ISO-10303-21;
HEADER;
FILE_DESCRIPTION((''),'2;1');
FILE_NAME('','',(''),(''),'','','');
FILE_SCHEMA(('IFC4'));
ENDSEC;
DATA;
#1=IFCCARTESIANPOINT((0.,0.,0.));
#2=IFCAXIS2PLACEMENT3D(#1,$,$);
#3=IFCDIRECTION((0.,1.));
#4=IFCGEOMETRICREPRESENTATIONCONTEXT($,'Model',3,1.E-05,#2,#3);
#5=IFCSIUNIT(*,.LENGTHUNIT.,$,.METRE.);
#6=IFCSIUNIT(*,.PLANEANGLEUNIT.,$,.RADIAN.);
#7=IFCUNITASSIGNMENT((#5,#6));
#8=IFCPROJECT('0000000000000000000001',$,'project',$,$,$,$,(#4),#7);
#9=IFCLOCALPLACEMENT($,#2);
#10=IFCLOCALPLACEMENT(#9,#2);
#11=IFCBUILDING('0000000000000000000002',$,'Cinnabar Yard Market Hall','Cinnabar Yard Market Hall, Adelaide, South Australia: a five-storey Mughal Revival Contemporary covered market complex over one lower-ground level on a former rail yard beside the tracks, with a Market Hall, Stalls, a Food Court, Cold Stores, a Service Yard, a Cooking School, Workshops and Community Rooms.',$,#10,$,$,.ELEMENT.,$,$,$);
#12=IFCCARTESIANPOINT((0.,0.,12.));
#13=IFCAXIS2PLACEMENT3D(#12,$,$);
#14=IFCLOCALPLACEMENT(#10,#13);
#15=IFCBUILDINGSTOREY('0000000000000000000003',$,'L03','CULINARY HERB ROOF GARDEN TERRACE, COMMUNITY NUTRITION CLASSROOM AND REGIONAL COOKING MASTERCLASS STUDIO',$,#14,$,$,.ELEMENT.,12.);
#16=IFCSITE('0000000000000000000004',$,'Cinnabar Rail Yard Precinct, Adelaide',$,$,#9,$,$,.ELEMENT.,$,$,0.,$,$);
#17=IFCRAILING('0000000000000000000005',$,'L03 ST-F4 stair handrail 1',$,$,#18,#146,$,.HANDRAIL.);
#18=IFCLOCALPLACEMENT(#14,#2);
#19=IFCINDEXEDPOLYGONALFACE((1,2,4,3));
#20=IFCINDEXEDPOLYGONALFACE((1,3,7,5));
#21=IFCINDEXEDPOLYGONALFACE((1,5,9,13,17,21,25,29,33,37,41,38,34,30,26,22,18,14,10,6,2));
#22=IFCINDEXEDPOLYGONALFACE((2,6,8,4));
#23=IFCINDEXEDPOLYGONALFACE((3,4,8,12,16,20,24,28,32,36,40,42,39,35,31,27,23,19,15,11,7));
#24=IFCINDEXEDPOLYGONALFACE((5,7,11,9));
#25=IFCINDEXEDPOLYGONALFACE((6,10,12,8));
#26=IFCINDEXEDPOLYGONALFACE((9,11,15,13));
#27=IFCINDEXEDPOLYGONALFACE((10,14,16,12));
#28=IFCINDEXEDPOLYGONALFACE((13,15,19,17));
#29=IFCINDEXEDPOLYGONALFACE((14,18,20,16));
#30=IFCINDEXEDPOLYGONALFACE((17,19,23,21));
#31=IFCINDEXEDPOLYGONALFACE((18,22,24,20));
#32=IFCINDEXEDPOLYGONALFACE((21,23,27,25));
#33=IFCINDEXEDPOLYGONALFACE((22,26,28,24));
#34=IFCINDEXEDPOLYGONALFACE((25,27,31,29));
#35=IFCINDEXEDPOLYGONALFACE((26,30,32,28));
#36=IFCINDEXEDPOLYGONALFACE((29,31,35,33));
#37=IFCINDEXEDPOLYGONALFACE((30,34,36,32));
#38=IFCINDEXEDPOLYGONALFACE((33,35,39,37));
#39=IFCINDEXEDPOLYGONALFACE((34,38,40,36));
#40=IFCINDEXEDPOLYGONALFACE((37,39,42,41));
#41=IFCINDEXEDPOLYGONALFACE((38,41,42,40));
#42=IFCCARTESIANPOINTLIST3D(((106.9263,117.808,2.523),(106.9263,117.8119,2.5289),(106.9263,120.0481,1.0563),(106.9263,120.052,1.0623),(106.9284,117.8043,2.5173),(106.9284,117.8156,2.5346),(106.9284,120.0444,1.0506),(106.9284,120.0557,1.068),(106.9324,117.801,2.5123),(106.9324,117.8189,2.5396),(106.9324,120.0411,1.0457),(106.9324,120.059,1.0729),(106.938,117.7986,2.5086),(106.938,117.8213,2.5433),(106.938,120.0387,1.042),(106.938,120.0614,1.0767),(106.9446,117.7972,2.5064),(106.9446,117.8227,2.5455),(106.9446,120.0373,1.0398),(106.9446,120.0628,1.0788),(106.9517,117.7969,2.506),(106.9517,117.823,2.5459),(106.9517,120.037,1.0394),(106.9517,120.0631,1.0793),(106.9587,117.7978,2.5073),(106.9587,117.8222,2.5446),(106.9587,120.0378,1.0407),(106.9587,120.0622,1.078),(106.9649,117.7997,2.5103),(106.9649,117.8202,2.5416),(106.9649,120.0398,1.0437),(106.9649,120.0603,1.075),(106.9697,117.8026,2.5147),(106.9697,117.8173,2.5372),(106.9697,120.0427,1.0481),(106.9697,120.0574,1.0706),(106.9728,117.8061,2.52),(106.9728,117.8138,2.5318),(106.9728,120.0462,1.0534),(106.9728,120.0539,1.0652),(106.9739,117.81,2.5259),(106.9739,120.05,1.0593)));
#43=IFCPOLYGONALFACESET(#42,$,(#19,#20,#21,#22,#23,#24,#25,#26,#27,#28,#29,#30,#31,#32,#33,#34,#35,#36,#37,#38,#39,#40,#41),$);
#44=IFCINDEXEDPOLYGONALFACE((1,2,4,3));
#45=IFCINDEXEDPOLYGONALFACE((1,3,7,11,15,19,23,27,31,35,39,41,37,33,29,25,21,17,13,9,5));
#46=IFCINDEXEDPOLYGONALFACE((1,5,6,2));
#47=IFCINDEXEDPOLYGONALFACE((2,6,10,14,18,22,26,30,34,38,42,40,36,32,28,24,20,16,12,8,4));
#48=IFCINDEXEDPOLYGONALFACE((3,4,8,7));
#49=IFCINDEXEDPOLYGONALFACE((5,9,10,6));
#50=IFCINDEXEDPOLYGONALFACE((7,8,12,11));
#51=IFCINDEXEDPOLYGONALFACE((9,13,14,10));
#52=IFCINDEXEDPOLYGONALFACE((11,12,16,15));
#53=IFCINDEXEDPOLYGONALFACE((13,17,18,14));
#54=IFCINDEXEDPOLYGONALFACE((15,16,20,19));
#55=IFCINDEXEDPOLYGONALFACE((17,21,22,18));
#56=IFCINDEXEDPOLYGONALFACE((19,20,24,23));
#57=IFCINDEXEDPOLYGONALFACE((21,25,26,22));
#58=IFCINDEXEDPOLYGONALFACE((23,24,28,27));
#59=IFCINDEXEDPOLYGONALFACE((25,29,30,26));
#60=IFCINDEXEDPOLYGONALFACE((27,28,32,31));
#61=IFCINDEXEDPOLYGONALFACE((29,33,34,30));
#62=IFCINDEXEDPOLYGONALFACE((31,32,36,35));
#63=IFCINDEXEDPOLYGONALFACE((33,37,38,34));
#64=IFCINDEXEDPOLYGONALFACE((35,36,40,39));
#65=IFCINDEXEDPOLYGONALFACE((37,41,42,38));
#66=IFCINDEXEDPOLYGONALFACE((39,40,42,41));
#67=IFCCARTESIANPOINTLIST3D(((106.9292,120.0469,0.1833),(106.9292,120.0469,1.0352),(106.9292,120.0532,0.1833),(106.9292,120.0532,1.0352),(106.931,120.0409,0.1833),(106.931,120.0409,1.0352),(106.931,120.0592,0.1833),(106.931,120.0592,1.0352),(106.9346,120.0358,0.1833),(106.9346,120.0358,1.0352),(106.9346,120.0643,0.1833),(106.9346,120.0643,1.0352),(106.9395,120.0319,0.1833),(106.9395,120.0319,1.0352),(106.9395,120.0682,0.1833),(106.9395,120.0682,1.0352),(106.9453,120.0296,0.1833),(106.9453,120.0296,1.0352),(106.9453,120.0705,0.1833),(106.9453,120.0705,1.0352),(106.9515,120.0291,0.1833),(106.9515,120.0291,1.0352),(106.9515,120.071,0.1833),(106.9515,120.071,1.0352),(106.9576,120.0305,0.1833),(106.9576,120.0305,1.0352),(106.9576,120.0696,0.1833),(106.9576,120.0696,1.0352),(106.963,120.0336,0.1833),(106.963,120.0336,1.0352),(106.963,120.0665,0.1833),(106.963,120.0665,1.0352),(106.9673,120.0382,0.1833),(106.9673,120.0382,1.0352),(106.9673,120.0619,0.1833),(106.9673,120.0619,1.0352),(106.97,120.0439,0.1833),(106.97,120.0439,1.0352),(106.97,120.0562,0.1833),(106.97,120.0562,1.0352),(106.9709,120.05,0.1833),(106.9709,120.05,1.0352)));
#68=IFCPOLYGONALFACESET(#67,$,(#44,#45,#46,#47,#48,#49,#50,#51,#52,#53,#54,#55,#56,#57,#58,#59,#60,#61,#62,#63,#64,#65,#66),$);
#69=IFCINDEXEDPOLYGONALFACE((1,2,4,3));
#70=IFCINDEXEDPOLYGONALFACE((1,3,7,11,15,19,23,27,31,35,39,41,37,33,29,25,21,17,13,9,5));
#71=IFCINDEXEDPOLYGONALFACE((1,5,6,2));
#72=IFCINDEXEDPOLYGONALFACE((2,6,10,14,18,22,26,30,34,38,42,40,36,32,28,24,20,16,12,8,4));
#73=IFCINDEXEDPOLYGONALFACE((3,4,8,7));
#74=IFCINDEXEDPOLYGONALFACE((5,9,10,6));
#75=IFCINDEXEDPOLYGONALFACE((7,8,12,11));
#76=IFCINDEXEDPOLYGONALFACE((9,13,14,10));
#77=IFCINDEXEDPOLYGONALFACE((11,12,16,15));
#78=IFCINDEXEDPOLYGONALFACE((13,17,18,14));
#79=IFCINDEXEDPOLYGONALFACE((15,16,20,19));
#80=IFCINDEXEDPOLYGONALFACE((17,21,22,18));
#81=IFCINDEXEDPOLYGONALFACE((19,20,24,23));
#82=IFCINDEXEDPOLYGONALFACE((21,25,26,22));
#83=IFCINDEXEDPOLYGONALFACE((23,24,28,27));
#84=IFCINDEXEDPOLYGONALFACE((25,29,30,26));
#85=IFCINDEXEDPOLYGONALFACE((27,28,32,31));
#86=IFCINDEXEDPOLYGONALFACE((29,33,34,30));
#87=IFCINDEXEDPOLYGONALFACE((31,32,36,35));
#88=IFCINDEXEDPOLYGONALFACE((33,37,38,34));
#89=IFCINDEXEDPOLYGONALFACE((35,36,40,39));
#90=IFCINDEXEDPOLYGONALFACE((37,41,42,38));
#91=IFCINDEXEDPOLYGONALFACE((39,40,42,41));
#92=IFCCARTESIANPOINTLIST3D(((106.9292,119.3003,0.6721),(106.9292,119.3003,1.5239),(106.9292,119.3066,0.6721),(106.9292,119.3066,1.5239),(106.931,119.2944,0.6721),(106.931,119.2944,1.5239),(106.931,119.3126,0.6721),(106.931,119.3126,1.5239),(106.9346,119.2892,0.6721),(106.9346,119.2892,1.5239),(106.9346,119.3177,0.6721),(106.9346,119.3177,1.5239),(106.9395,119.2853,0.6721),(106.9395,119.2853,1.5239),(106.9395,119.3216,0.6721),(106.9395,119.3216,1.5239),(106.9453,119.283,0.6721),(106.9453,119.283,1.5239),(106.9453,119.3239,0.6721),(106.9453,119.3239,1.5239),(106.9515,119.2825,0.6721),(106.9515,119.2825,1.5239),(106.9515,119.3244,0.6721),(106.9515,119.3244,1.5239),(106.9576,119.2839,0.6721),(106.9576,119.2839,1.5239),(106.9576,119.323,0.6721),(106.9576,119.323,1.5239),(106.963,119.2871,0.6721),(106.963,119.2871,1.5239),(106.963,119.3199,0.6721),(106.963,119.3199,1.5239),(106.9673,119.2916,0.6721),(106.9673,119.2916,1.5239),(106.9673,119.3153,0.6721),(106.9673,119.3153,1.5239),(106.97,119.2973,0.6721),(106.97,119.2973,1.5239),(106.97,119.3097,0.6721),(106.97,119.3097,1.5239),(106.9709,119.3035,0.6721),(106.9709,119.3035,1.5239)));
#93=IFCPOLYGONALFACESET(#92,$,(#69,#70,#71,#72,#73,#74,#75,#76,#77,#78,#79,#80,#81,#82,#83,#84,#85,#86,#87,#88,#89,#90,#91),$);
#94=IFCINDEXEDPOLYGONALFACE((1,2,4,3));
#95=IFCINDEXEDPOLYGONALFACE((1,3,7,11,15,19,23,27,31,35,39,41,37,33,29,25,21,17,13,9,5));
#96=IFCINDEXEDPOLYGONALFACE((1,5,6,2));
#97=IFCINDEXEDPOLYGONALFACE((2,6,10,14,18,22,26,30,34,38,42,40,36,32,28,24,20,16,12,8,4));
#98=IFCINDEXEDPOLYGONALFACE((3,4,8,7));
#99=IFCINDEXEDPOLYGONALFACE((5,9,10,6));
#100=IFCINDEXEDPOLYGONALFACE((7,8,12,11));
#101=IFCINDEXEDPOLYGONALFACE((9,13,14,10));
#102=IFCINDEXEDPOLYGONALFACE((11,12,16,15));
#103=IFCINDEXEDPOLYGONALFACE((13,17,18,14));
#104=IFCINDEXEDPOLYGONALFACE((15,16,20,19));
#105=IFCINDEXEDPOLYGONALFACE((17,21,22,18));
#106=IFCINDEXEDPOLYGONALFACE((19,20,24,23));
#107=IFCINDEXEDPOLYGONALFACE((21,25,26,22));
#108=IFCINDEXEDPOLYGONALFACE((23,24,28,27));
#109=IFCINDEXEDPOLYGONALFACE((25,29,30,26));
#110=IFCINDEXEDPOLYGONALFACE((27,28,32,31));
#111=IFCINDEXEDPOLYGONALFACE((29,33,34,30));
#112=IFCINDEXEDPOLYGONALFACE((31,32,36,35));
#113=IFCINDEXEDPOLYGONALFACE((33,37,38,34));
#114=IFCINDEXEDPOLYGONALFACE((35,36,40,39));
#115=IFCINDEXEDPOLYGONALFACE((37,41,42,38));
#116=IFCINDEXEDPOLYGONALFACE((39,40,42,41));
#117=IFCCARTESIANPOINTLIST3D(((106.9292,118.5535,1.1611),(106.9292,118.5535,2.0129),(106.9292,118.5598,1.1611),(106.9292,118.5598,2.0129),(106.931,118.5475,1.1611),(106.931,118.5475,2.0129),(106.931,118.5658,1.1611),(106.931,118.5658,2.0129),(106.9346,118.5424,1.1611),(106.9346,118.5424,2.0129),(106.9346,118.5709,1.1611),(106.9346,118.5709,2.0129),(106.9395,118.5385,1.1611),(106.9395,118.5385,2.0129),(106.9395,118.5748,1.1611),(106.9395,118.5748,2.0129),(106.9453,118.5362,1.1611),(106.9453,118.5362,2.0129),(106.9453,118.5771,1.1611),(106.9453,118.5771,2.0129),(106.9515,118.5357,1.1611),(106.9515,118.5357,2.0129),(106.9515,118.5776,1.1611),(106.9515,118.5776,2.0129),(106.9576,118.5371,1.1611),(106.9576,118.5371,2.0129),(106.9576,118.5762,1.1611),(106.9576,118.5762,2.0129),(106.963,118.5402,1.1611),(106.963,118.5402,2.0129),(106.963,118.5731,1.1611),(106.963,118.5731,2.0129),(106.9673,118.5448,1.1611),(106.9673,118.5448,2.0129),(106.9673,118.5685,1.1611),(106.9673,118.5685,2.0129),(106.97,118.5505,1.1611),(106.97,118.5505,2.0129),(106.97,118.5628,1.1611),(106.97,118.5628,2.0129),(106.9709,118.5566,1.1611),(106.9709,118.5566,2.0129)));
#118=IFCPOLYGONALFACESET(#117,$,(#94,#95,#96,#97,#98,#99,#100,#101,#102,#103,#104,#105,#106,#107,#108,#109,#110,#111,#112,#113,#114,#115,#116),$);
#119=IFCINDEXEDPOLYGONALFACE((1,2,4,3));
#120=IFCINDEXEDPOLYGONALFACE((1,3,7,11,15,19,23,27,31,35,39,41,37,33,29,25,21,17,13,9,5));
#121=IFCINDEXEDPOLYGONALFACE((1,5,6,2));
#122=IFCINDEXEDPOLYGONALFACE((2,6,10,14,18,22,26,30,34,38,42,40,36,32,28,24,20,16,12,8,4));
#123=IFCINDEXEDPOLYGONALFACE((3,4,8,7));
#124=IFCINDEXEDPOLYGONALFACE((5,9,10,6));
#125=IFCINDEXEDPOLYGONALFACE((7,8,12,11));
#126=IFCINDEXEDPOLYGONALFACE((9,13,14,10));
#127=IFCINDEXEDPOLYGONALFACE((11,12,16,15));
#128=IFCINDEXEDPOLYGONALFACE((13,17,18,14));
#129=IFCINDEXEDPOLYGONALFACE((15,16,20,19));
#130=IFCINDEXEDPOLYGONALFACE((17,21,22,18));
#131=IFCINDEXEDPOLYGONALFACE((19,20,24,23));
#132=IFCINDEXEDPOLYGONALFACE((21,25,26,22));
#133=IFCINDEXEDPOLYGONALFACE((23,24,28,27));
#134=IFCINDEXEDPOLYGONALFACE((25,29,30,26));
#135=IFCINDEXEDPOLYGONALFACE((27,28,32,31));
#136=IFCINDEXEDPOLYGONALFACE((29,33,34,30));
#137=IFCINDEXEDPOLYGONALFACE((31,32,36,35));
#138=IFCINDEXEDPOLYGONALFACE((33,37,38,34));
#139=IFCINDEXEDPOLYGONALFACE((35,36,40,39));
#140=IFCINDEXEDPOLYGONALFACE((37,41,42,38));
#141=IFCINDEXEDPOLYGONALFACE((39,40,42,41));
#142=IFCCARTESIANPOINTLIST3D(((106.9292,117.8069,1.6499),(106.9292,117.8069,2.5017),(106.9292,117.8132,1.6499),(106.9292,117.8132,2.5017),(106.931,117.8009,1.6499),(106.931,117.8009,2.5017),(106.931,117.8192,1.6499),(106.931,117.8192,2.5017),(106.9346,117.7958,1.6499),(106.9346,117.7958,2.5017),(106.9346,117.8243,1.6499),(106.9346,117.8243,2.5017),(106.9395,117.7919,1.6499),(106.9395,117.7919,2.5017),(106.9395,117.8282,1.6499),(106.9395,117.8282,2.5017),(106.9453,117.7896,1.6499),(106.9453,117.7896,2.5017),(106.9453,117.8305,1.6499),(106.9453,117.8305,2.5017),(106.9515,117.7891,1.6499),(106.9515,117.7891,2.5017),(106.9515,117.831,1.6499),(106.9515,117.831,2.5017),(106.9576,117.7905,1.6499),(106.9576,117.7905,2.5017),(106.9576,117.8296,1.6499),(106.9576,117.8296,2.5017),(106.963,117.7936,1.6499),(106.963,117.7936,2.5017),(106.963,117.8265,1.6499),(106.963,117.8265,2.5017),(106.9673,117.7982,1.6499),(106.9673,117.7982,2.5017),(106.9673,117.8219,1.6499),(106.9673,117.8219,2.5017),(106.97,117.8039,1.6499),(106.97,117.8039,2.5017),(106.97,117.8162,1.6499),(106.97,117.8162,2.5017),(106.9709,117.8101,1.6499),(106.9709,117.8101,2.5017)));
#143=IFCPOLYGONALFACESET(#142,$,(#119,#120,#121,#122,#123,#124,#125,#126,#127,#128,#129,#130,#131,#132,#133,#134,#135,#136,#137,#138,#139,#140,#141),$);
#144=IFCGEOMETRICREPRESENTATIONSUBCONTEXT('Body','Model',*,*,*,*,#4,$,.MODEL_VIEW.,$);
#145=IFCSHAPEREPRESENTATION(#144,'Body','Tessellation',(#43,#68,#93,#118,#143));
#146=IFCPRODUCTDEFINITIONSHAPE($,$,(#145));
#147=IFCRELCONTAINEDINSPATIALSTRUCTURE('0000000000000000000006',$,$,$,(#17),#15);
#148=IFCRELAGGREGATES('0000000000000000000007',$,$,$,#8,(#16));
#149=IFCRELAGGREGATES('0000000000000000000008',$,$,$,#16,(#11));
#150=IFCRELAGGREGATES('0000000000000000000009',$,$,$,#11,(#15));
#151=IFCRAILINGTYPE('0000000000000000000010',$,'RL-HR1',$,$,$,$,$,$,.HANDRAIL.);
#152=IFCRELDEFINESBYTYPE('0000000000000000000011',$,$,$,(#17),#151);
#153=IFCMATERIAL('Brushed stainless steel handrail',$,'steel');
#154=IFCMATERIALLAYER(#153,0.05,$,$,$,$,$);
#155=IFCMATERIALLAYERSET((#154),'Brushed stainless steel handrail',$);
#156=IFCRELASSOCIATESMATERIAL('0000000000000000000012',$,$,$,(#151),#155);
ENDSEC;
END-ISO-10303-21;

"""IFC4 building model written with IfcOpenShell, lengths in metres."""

from ifc_helpers import new_model, si_unit, direction, frame, origin, origin_2d_with_axis, place, context, subcontext, project, spatial, circle, extrude, material, layer, layer_set, type_object, element, save


model = new_model("IFC4")

# Units and contexts
model_context = context("Model", 3, precision=1e-05, world=origin(), true_north=direction((0.0, 1.0)))
body_context = subcontext(model_context, "Body", "Model", "MODEL_VIEW")
ifc_project = project(units=[si_unit("LENGTHUNIT", "METRE"), si_unit("PLANEANGLEUNIT", "RADIAN")], contexts=[model_context])

# Site, building, storey
site_placement = place(None, origin())
site = spatial("IfcSite", under=ifc_project, at=site_placement, Name="Cinnabar Rail Yard Precinct, Adelaide", CompositionType="ELEMENT", RefElevation=0.0)
building_placement = place(site_placement, origin())
building = spatial("IfcBuilding", under=site, at=building_placement, Name="Cinnabar Yard Market Hall", Description="Cinnabar Yard Market Hall, Adelaide, South Australia: a five-storey Mughal Revival Contemporary covered market complex over one lower-ground level on a former rail yard beside the tracks, with a Market Hall, Stalls, a Food Court, Cold Stores, a Service Yard, a Cooking School, Workshops and Community Rooms.", CompositionType="ELEMENT")
storey_placement = place(building_placement, frame((0.0, 0.0, 12.0)))
storey = spatial("IfcBuildingStorey", under=building, at=storey_placement, Name="L03", Description="CULINARY HERB ROOF GARDEN TERRACE, COMMUNITY NUTRITION CLASSROOM AND REGIONAL COOKING MASTERCLASS STUDIO", CompositionType="ELEMENT", Elevation=12.0)

# Railing
ifc_material_1 = material(Name="Brushed stainless steel handrail", Category="steel")
ifc_layer_1 = layer(ifc_material_1, 0.05)
ifc_layer_set_1 = layer_set([ifc_layer_1], Name="Brushed stainless steel handrail")
railing_type_1 = type_object("IfcRailingType", Name="RL-HR1", PredefinedType="HANDRAIL", material=ifc_layer_set_1)
railing_1_placement = place(storey_placement, frame((106.95, 120.05, 0.1833)))
element("IfcRailing", 1, at=railing_1_placement, inside=storey, type_object=railing_type_1, Name="L03 ST-F4 stair handrail 1", PredefinedType="HANDRAIL", context=body_context, shape_type="SweptSolid", body=[
    extrude(circle(Radius=0.0239, at=origin_2d_with_axis()), frame((0.0, 0.0, 0.876), z_axis=(0.0, -0.836637, 0.547758), x_axis=(1.0, 0.0, 0.0)), (0.0, 0.0, 1.0), 2.6775),
    extrude(circle(Radius=0.021, at=origin_2d_with_axis()), origin(), (0.0, 0.0, 1.0), 0.8518),
    extrude(circle(Radius=0.021, at=origin_2d_with_axis()), frame((0.0, -0.7466, 0.4888)), (0.0, 0.0, 1.0), 0.8518),
    extrude(circle(Radius=0.021, at=origin_2d_with_axis()), frame((0.0, -1.4934, 0.9778)), (0.0, 0.0, 1.0), 0.8518),
    extrude(circle(Radius=0.021, at=origin_2d_with_axis()), frame((0.0, -2.24, 1.4666)), (0.0, 0.0, 1.0), 0.8518),
])

save(model, "model.ifc")
